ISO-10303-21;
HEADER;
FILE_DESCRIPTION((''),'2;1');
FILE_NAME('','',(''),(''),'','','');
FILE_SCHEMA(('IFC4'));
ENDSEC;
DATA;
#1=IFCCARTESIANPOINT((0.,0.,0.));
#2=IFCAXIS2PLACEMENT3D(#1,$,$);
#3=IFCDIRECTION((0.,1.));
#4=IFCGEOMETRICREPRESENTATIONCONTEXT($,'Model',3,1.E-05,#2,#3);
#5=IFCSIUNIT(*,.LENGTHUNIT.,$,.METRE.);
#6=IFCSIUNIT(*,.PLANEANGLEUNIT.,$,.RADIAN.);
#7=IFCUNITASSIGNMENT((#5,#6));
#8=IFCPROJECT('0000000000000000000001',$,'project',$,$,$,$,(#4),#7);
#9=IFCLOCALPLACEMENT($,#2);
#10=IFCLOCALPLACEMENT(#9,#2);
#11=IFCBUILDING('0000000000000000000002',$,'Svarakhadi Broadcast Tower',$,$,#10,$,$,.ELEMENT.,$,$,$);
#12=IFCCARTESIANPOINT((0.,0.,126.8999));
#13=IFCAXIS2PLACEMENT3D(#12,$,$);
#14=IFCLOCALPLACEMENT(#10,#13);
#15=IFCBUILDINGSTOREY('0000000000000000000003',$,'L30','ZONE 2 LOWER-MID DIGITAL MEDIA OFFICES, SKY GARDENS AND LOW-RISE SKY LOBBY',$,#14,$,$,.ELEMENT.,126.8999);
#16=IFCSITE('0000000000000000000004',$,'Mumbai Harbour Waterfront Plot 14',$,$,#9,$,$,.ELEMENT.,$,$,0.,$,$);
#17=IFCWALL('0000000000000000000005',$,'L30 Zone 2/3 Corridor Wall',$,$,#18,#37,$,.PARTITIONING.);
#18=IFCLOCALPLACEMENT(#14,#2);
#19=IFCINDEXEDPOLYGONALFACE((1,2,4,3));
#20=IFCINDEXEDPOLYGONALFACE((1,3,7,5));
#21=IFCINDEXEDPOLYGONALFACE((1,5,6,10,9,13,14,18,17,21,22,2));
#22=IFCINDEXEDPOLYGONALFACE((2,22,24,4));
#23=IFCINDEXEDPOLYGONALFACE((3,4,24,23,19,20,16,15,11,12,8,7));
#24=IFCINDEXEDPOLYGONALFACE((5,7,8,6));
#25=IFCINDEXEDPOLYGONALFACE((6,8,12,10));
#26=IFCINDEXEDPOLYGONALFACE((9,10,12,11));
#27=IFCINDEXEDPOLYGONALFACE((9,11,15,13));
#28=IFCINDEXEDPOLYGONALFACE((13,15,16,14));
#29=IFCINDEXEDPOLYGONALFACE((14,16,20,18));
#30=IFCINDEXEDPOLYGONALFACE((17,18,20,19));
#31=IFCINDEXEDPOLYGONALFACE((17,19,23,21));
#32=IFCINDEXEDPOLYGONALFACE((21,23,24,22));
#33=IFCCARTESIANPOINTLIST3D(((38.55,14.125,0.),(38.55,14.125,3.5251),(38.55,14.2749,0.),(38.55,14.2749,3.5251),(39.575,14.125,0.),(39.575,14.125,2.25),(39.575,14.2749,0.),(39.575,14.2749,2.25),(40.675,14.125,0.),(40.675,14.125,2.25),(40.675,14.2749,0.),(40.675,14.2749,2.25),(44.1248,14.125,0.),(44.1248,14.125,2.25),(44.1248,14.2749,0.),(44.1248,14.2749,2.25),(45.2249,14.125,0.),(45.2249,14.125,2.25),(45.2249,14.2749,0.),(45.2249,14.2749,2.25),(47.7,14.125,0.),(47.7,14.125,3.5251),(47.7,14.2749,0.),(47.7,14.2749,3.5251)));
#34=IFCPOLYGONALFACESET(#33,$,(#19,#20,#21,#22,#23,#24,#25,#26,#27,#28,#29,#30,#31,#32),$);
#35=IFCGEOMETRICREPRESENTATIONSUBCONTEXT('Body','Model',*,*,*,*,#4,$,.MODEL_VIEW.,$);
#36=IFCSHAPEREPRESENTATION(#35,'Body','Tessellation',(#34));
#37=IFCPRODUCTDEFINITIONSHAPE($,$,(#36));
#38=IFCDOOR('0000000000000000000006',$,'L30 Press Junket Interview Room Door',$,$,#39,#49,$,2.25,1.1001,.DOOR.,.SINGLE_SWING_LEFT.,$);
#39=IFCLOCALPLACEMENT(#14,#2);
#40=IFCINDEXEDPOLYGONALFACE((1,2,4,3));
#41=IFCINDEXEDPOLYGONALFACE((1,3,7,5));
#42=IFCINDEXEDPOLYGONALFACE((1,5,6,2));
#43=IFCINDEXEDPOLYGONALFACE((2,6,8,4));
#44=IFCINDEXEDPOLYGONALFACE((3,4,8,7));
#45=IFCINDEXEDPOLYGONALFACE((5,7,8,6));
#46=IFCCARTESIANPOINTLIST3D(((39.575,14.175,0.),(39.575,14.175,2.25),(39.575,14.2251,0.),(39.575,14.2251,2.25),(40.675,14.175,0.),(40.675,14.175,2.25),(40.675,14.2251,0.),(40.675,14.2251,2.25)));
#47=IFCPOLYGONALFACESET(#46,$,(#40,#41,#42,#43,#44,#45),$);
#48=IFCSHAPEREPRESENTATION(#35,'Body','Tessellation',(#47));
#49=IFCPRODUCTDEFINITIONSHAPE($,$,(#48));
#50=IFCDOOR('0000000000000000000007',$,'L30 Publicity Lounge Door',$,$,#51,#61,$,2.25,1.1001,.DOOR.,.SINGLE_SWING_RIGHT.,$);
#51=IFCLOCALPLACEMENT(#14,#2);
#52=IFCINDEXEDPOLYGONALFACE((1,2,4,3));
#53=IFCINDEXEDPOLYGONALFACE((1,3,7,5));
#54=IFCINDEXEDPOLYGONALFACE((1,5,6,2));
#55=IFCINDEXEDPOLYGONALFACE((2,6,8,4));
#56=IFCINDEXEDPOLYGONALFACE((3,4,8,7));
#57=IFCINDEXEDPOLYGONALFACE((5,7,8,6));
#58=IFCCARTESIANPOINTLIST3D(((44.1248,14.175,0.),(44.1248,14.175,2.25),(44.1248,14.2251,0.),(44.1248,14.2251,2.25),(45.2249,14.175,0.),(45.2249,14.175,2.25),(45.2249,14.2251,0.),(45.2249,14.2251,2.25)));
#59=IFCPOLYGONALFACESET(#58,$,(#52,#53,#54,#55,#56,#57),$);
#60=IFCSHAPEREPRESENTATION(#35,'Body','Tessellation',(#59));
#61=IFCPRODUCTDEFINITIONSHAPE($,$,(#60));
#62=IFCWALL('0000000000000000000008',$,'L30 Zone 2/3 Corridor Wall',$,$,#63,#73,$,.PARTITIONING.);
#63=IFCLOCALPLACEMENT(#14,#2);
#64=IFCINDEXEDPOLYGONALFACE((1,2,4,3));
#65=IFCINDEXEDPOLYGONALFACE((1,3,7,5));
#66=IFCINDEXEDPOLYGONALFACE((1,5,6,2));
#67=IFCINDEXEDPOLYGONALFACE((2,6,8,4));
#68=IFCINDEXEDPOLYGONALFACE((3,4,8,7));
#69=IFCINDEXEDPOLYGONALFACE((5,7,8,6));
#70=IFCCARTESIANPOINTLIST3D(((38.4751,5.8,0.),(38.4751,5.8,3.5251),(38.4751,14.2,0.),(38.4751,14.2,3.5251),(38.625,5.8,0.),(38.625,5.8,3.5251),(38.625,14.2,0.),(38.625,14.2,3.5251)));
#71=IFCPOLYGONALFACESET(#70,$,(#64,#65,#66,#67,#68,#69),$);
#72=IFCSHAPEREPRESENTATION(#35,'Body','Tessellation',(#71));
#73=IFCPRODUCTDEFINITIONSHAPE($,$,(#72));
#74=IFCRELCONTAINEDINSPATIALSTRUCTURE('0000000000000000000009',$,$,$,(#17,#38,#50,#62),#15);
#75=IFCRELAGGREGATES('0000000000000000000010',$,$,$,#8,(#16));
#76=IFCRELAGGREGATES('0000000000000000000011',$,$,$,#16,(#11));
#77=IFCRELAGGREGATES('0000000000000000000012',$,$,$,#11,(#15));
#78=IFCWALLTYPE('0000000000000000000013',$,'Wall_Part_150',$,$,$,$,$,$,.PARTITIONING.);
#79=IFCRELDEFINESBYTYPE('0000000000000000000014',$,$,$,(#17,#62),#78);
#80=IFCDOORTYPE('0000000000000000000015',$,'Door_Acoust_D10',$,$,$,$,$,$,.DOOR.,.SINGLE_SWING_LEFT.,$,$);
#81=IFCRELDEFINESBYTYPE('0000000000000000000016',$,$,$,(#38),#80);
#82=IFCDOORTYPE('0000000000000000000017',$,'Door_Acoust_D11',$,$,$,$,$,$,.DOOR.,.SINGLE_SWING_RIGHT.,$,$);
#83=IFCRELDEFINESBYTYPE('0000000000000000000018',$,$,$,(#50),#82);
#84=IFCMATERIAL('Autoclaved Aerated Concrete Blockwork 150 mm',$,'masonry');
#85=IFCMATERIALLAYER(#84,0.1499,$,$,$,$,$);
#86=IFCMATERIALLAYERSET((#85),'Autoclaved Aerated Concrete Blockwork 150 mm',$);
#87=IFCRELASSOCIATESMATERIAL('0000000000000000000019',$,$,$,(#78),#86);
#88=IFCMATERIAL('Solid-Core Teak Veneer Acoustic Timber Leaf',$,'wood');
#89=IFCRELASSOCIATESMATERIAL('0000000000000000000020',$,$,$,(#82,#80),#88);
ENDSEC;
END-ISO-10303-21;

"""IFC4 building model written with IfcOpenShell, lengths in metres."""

from ifc_helpers import new_model, si_unit, direction, frame, frame_2d, origin, place, context, subcontext, project, spatial, rectangle, extrude, material, layer, layer_set, type_object, element, fill, save


model = new_model("IFC4")

# Units and contexts
model_context = context("Model", 3, precision=1e-05, world=origin(), true_north=direction((0.0, 1.0)))
body_context = subcontext(model_context, "Body", "Model", "MODEL_VIEW")
ifc_project = project(units=[si_unit("LENGTHUNIT", "METRE"), si_unit("PLANEANGLEUNIT", "RADIAN")], contexts=[model_context])

# Site, building, storey
site_placement = place(None, origin())
site = spatial("IfcSite", under=ifc_project, at=site_placement, Name="Mumbai Harbour Waterfront Plot 14", CompositionType="ELEMENT", RefElevation=0.0)
building_placement = place(site_placement, origin())
building = spatial("IfcBuilding", under=site, at=building_placement, Name="Svarakhadi Broadcast Tower", CompositionType="ELEMENT")
storey_placement = place(building_placement, frame((0.0, 0.0, 126.8999)))
storey = spatial("IfcBuildingStorey", under=building, at=storey_placement, Name="L30", Description="ZONE 2 LOWER-MID DIGITAL MEDIA OFFICES, SKY GARDENS AND LOW-RISE SKY LOBBY", CompositionType="ELEMENT", Elevation=126.8999)

# Shared definitions
ifc_material_1 = material(Name="Autoclaved Aerated Concrete Blockwork 150 mm", Category="masonry")
ifc_layer_1 = layer(ifc_material_1, 0.1499)
ifc_layer_set_1 = layer_set([ifc_layer_1], Name="Autoclaved Aerated Concrete Blockwork 150 mm")
wall_type_1 = type_object("IfcWallType", Name="Wall_Part_150", PredefinedType="PARTITIONING", material=ifc_layer_set_1)

# Shared definitions
ifc_material_2 = material(Name="Solid-Core Teak Veneer Acoustic Timber Leaf", Category="wood")
door_type_1 = type_object("IfcDoorType", Name="Door_Acoust_D11", OperationType="SINGLE_SWING_RIGHT", PredefinedType="DOOR", material=ifc_material_2)

# Wall, openings, doors
door_type_2 = type_object("IfcDoorType", Name="Door_Acoust_D10", OperationType="SINGLE_SWING_LEFT", PredefinedType="DOOR", material=ifc_material_2)
wall_1_placement = place(storey_placement, frame((47.7, 14.2, 0.0), z_axis=(0.0, 0.0, 1.0), x_axis=(-1.0, 0.0, 0.0)))
wall_1 = element("IfcWall", 1, at=wall_1_placement, inside=storey, type_object=wall_type_1, Name="L30 Zone 2/3 Corridor Wall", PredefinedType="PARTITIONING", context=body_context, shape_type="SweptSolid", body=[
    extrude(rectangle(XDim=9.1499, YDim=0.1499, at=frame_2d((4.575, 0.0))), origin(), (0.0, 0.0, 1.0), 3.5251),
])
opening_1_placement = place(wall_1_placement, frame((7.0249, 0.0, 0.0)))
opening_1 = element("IfcOpeningElement", 2, at=opening_1_placement, cuts=wall_1, PredefinedType="OPENING", context=body_context, shape_type="SweptSolid", body=[
    extrude(rectangle(XDim=1.1001, YDim=2.25, at=frame_2d((0.55, 1.125))), frame((0.0, 0.085, 0.0), z_axis=(0.0, -1.0, 0.0), x_axis=(1.0, 0.0, 0.0)), (0.0, 0.0, 1.0), 0.1699),
])
opening_2_placement = place(wall_1_placement, frame((2.4751, 0.0, 0.0)))
opening_2 = element("IfcOpeningElement", 3, at=opening_2_placement, cuts=wall_1, PredefinedType="OPENING", context=body_context, shape_type="SweptSolid", body=[
    extrude(rectangle(XDim=1.1001, YDim=2.25, at=frame_2d((0.55, 1.125))), frame((0.0, 0.085, 0.0), z_axis=(0.0, -1.0, 0.0), x_axis=(1.0, 0.0, 0.0)), (0.0, 0.0, 1.0), 0.1699),
])
door_1_placement = place(opening_1_placement, origin())
door_1 = element("IfcDoor", 4, at=door_1_placement, inside=storey, type_object=door_type_2, Name="L30 Press Junket Interview Room Door", OperationType="SINGLE_SWING_LEFT", OverallHeight=2.25, OverallWidth=1.1001, PredefinedType="DOOR", context=body_context, shape_type="SweptSolid", body=[
    extrude(rectangle(XDim=1.1001, YDim=2.25, at=frame_2d((0.55, 1.125))), frame((0.0, 0.0249, 0.0), z_axis=(0.0, -1.0, 0.0), x_axis=(1.0, 0.0, 0.0)), (0.0, 0.0, 1.0), 0.05),
])
fill(opening_1, door_1)
door_2_placement = place(opening_2_placement, origin())
door_2 = element("IfcDoor", 5, at=door_2_placement, inside=storey, type_object=door_type_1, Name="L30 Publicity Lounge Door", OperationType="SINGLE_SWING_RIGHT", OverallHeight=2.25, OverallWidth=1.1001, PredefinedType="DOOR", context=body_context, shape_type="SweptSolid", body=[
    extrude(rectangle(XDim=1.1001, YDim=2.25, at=frame_2d((0.55, 1.125))), frame((0.0, 0.0249, 0.0), z_axis=(0.0, -1.0, 0.0), x_axis=(1.0, 0.0, 0.0)), (0.0, 0.0, 1.0), 0.05),
])
fill(opening_2, door_2)

# Wall
wall_2_placement = place(storey_placement, frame((38.55, 14.2, 0.0), z_axis=(0.0, 0.0, 1.0), x_axis=(0.0, -1.0, 0.0)))
element("IfcWall", 6, at=wall_2_placement, inside=storey, type_object=wall_type_1, Name="L30 Zone 2/3 Corridor Wall", PredefinedType="PARTITIONING", context=body_context, shape_type="SweptSolid", body=[
    extrude(rectangle(XDim=8.3999, YDim=0.1499, at=frame_2d((4.2, 0.0))), origin(), (0.0, 0.0, 1.0), 3.5251),
])

save(model, "model.ifc")
